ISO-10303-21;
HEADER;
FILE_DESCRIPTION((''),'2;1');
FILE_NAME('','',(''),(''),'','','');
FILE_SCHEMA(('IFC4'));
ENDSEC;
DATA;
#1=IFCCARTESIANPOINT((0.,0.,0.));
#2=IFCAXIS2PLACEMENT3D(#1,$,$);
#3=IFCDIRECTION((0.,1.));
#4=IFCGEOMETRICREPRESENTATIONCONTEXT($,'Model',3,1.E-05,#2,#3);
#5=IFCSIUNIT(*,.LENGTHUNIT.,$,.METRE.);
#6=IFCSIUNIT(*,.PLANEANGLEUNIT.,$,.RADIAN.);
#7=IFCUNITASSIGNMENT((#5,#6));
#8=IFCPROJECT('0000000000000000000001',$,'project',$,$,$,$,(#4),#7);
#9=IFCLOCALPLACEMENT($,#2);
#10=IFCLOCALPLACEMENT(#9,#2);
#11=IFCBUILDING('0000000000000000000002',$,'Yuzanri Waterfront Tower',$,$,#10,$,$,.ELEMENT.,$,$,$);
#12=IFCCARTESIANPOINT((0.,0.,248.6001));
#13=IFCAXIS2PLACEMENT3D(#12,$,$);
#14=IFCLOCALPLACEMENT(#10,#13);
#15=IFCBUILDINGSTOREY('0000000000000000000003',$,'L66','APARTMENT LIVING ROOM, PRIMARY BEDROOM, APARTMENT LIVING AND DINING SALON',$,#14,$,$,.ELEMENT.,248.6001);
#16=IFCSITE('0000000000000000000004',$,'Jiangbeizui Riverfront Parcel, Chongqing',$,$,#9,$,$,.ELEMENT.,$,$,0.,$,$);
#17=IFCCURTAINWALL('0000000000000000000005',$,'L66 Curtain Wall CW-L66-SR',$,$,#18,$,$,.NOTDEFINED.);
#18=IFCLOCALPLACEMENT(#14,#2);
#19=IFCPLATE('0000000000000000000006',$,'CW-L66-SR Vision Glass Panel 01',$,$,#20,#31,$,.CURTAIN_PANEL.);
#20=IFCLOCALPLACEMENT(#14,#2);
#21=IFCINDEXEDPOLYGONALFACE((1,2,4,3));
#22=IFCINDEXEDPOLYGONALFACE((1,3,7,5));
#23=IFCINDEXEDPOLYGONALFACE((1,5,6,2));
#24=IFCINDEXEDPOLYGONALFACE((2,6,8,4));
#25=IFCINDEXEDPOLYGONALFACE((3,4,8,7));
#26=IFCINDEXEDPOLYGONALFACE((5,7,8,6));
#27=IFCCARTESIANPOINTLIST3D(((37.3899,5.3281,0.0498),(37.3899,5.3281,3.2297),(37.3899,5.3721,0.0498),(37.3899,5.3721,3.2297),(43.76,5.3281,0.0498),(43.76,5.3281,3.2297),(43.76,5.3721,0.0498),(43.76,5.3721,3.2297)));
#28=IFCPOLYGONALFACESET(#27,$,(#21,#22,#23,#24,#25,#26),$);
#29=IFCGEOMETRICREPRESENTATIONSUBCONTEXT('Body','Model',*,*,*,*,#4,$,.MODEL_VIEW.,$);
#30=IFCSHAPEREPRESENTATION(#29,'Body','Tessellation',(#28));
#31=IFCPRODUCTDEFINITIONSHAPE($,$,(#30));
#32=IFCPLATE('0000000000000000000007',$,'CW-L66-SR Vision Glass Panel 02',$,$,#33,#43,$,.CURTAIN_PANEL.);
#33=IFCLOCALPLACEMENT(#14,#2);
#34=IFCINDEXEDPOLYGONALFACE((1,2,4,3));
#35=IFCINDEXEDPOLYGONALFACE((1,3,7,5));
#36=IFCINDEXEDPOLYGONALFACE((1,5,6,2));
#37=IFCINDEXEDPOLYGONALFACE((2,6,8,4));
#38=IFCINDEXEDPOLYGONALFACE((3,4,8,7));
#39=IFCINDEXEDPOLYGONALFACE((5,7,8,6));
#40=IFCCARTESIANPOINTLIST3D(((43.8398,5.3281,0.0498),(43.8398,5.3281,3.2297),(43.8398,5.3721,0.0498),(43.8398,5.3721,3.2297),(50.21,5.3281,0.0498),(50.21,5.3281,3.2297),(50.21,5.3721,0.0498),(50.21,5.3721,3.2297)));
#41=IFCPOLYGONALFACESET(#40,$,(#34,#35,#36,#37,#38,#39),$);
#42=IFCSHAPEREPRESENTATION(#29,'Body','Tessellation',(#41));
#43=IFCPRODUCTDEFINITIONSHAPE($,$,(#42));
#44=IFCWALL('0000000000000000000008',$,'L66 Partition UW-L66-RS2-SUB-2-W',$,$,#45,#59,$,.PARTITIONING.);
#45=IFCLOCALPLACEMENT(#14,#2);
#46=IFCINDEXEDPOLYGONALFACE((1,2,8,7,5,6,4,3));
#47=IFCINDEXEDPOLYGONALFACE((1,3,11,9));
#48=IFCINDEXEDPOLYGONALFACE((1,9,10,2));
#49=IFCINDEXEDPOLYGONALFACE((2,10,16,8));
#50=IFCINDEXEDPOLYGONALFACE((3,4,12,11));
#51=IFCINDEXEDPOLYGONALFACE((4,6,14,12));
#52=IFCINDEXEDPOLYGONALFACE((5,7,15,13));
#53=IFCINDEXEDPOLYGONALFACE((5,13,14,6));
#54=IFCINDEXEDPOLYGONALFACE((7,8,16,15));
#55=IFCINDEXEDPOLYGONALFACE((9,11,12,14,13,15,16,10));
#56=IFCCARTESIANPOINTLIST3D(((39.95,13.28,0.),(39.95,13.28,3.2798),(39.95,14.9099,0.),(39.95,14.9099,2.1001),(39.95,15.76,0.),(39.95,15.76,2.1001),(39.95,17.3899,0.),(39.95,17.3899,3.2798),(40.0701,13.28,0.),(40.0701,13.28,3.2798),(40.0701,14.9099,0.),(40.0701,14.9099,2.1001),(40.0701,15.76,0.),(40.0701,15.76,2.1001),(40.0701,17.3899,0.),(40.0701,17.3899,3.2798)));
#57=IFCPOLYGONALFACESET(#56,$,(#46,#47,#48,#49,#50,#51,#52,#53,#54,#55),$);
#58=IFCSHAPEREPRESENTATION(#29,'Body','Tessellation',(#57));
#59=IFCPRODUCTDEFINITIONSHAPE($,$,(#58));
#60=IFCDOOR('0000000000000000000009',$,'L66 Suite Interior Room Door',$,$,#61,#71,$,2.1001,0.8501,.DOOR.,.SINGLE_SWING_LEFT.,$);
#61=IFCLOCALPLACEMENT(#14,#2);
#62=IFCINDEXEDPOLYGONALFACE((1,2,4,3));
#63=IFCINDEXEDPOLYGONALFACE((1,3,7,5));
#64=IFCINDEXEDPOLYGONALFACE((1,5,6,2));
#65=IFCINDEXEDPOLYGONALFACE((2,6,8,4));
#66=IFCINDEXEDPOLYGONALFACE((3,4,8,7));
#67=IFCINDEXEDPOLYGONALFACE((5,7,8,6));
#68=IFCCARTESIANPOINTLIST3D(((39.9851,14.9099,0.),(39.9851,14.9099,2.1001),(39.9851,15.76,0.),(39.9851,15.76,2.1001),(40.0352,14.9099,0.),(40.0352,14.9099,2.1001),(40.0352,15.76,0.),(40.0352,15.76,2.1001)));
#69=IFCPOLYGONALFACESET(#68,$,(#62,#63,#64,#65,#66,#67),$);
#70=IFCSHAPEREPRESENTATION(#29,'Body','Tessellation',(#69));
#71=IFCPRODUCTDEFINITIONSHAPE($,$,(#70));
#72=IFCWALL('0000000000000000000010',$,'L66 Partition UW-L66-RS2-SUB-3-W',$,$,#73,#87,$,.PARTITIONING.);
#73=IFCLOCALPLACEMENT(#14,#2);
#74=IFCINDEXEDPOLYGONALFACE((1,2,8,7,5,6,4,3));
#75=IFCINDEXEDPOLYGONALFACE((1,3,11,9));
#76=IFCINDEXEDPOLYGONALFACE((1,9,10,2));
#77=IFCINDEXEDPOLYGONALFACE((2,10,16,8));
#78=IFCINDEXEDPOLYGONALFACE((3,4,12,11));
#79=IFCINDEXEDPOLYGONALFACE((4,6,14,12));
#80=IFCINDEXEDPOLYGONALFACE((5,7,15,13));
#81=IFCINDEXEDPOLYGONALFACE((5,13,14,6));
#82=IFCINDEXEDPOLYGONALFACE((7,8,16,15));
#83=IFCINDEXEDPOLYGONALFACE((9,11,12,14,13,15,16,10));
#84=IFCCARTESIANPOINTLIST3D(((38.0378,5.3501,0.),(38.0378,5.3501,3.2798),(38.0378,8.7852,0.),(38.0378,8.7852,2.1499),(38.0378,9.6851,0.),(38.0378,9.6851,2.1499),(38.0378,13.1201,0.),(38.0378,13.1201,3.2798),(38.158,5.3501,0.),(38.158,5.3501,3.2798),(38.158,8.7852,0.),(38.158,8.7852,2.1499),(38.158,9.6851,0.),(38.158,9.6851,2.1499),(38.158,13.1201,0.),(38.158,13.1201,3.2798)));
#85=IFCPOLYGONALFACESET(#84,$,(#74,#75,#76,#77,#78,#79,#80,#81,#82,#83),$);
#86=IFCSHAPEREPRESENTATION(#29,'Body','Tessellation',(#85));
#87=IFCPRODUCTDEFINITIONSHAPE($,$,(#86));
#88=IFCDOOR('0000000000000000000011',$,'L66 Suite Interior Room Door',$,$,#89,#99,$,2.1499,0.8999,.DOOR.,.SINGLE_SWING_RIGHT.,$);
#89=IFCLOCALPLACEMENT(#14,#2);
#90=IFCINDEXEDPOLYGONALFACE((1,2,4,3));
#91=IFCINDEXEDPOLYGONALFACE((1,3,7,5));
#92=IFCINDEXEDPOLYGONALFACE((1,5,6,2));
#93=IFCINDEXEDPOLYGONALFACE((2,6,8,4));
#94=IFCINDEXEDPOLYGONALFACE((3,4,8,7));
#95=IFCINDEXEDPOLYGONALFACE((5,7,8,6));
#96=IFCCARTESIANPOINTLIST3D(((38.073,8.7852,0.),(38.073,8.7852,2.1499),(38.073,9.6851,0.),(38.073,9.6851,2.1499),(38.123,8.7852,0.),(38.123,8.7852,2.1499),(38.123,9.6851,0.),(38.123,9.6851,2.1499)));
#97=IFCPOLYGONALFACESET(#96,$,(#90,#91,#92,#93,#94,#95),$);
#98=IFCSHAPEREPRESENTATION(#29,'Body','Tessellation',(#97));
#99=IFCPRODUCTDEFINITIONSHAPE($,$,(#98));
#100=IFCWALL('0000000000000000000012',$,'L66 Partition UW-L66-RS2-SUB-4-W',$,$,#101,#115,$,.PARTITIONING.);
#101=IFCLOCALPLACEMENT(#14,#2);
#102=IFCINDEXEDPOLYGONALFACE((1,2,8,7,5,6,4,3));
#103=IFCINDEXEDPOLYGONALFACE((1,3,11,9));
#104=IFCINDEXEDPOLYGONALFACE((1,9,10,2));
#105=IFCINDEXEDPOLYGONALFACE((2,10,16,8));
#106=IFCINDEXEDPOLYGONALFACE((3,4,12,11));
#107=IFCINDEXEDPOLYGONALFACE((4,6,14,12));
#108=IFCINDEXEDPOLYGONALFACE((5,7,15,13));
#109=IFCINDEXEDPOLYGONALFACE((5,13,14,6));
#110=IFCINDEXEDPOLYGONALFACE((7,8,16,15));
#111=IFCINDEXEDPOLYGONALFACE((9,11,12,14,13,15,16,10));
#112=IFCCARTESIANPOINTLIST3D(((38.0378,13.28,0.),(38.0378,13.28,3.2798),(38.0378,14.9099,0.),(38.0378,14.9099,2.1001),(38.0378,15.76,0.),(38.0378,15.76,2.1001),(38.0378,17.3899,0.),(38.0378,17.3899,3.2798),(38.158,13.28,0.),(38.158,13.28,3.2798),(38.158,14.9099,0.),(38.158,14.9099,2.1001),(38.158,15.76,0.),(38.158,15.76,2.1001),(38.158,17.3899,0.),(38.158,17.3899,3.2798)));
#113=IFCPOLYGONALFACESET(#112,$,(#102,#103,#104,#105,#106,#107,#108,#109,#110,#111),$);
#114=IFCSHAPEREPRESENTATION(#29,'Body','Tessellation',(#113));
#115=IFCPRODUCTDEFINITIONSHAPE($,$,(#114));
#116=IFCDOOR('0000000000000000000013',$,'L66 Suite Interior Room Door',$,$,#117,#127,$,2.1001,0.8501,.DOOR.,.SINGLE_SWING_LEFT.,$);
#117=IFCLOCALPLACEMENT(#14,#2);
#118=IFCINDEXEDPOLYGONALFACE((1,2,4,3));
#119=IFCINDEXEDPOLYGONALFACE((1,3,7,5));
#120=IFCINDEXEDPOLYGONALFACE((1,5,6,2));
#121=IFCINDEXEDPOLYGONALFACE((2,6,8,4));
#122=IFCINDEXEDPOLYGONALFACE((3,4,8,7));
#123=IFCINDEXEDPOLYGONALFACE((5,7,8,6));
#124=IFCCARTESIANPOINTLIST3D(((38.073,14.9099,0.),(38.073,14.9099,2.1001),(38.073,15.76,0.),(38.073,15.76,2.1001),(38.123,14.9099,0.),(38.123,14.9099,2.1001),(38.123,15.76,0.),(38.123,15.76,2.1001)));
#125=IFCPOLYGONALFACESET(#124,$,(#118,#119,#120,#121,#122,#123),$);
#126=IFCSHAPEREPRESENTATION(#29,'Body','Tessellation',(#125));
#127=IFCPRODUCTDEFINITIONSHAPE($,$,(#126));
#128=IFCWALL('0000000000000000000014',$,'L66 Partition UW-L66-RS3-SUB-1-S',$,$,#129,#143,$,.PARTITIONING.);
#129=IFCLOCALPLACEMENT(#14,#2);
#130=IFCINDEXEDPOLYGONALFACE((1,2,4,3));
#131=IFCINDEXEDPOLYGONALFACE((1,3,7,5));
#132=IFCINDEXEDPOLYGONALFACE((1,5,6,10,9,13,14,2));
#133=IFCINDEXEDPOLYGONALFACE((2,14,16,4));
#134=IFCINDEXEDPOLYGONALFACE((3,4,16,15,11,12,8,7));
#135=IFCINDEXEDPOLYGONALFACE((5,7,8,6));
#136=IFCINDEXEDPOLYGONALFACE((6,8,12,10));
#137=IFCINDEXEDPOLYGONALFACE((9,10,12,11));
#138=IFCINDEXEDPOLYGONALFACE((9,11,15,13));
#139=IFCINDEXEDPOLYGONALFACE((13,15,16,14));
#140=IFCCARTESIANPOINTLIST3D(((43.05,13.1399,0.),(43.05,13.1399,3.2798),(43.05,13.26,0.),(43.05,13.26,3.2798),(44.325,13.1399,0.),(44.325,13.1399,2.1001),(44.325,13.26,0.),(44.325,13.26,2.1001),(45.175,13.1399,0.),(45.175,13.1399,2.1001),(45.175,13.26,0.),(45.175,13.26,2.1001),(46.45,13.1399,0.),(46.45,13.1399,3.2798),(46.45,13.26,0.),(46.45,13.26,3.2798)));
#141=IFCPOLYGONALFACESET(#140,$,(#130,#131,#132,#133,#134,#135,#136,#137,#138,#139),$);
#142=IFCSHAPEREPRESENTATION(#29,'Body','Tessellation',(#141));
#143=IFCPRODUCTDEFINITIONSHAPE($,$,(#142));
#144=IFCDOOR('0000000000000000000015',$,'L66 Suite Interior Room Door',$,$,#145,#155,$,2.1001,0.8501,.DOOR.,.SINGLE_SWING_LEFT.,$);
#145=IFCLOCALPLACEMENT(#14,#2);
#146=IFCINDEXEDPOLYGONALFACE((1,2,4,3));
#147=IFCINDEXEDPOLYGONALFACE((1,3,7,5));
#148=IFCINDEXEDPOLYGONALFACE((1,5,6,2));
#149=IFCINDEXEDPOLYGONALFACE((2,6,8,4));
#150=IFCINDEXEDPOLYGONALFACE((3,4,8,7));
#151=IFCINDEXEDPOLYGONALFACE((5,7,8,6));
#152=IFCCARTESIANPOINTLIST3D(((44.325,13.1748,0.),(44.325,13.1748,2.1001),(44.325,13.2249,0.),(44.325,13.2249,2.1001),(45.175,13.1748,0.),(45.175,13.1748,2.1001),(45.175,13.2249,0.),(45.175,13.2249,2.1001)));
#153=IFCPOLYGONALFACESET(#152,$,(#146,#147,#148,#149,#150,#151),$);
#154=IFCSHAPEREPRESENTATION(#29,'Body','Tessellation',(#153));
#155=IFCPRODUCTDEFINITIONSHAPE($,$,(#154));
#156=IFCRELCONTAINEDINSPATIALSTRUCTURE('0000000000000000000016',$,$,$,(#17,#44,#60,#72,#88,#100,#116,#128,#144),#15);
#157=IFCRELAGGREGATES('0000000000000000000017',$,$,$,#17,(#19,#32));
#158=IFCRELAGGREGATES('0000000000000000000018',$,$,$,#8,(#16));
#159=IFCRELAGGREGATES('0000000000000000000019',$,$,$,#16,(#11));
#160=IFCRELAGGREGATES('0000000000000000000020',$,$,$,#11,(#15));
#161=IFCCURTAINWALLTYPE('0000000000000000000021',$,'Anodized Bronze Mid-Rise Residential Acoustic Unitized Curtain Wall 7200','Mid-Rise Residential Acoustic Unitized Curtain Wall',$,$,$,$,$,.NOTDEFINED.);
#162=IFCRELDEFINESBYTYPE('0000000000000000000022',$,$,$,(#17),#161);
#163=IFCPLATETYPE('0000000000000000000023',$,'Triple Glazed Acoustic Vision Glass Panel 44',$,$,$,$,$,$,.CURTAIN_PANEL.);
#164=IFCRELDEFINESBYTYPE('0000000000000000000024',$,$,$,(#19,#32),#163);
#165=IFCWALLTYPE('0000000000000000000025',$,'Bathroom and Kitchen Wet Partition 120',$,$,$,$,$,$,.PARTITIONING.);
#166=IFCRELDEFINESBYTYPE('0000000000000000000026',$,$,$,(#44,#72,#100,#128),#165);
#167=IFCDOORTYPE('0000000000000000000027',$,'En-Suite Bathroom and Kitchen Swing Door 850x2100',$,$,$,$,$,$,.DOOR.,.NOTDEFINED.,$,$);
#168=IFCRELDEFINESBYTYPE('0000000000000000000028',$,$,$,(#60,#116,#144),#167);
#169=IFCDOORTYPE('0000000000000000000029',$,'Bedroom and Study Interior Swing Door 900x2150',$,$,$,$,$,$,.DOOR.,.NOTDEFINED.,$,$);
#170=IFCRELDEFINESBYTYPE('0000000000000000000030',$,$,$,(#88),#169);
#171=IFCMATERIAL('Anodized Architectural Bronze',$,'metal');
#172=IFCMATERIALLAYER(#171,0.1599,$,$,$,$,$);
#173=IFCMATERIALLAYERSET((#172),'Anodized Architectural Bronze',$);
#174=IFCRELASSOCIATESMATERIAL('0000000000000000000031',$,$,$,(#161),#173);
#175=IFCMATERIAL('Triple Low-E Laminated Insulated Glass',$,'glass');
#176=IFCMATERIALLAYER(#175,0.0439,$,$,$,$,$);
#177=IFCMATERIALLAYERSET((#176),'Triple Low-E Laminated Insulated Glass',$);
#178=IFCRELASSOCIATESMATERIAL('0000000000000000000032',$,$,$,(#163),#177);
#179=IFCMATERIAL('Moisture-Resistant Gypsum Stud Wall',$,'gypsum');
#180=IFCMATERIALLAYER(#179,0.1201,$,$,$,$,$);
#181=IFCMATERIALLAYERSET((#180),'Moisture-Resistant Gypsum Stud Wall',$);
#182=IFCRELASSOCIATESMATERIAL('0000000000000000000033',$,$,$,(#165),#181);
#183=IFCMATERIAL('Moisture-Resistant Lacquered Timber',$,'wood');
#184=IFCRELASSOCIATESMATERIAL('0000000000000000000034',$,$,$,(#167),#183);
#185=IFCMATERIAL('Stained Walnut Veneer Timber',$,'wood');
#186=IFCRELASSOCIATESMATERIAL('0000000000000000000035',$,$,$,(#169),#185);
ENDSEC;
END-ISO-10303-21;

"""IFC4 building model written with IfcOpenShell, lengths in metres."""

from ifc_helpers import new_model, si_unit, direction, frame, frame_2d, origin, origin_2d, place, context, subcontext, project, spatial, rectangle, extrude, source, transform, mapped, material, layer, layer_set, type_object, element, fill, aggregate, save


model = new_model("IFC4")

# Units and contexts
model_context = context("Model", 3, precision=1e-05, world=origin(), true_north=direction((0.0, 1.0)))
body_context = subcontext(model_context, "Body", "Model", "MODEL_VIEW")
ifc_project = project(units=[si_unit("LENGTHUNIT", "METRE"), si_unit("PLANEANGLEUNIT", "RADIAN")], contexts=[model_context])

# Site, building, storey
site_placement = place(None, origin())
site = spatial("IfcSite", under=ifc_project, at=site_placement, Name="Jiangbeizui Riverfront Parcel, Chongqing", CompositionType="ELEMENT", RefElevation=0.0)
building_placement = place(site_placement, origin())
building = spatial("IfcBuilding", under=site, at=building_placement, Name="Yuzanri Waterfront Tower", CompositionType="ELEMENT")
storey_placement = place(building_placement, frame((0.0, 0.0, 248.6001)))
storey = spatial("IfcBuildingStorey", under=building, at=storey_placement, Name="L66", Description="APARTMENT LIVING ROOM, PRIMARY BEDROOM, APARTMENT LIVING AND DINING SALON", CompositionType="ELEMENT", Elevation=248.6001)

# Curtain wall, plates
ifc_material_1 = material(Name="Anodized Architectural Bronze", Category="metal")
ifc_layer_1 = layer(ifc_material_1, 0.1599)
ifc_layer_set_1 = layer_set([ifc_layer_1], Name="Anodized Architectural Bronze")
curtain_wall_type = type_object("IfcCurtainWallType", Name="Anodized Bronze Mid-Rise Residential Acoustic Unitized Curtain Wall 7200", Description="Mid-Rise Residential Acoustic Unitized Curtain Wall", PredefinedType="NOTDEFINED", material=ifc_layer_set_1)
curtain_wall_placement = place(storey_placement, origin())
curtain_wall = element("IfcCurtainWall", 1, at=curtain_wall_placement, inside=storey, type_object=curtain_wall_type, Name="L66 Curtain Wall CW-L66-SR", PredefinedType="NOTDEFINED")
ifc_material_2 = material(Name="Triple Low-E Laminated Insulated Glass", Category="glass")
ifc_layer_2 = layer(ifc_material_2, 0.0439)
ifc_layer_set_2 = layer_set([ifc_layer_2], Name="Triple Low-E Laminated Insulated Glass")
plate_type = type_object("IfcPlateType", Name="Triple Glazed Acoustic Vision Glass Panel 44", PredefinedType="CURTAIN_PANEL", material=ifc_layer_set_2)
shared_shape_1 = source(origin(), body_context, "Body", "SweptSolid", [
    extrude(rectangle(XDim=6.3701, YDim=0.0439, at=origin_2d()), origin(), (0.0, 0.0, 1.0), 3.1799),
])
plate_1_placement = place(storey_placement, frame((40.575, 5.3501, 0.0498), z_axis=(0.0, 0.0, 1.0), x_axis=(1.0, 0.0, 0.0)))
plate_1 = element("IfcPlate", 2, at=plate_1_placement, type_object=plate_type, Name="CW-L66-SR Vision Glass Panel 01", PredefinedType="CURTAIN_PANEL", context=body_context, shape_type="MappedRepresentation", body=[
    mapped(shared_shape_1, transform((0.0, 0.0, 0.0), scale=1.0)),
])
plate_2_placement = place(storey_placement, frame((47.0249, 5.3501, 0.0498), z_axis=(0.0, 0.0, 1.0), x_axis=(1.0, 0.0, 0.0)))
plate_2 = element("IfcPlate", 3, at=plate_2_placement, type_object=plate_type, Name="CW-L66-SR Vision Glass Panel 02", PredefinedType="CURTAIN_PANEL", context=body_context, shape_type="MappedRepresentation", body=[
    mapped(shared_shape_1, transform((0.0, 0.0, 0.0), scale=1.0)),
])
aggregate(curtain_wall, [plate_1, plate_2])

# Walls, openings, doors
ifc_material_3 = material(Name="Moisture-Resistant Gypsum Stud Wall", Category="gypsum")
ifc_layer_3 = layer(ifc_material_3, 0.1201)
ifc_layer_set_3 = layer_set([ifc_layer_3], Name="Moisture-Resistant Gypsum Stud Wall")
wall_type_1 = type_object("IfcWallType", Name="Bathroom and Kitchen Wet Partition 120", PredefinedType="PARTITIONING", material=ifc_layer_set_3)
wall_1_placement = place(storey_placement, frame((40.01, 13.28, 0.0), z_axis=(0.0, 0.0, 1.0), x_axis=(0.0, 1.0, 0.0)))
wall_1 = element("IfcWall", 4, at=wall_1_placement, inside=storey, type_object=wall_type_1, Name="L66 Partition UW-L66-RS2-SUB-2-W", PredefinedType="PARTITIONING", context=body_context, shape_type="SweptSolid", body=[
    extrude(rectangle(XDim=4.1099, YDim=0.1201, at=frame_2d((2.0549, 0.0))), origin(), (0.0, 0.0, 1.0), 3.2798),
])
opening_1_placement = place(wall_1_placement, frame((1.6299, 0.0, 0.0)))
opening_1 = element("IfcOpeningElement", 5, at=opening_1_placement, cuts=wall_1, PredefinedType="OPENING", context=body_context, shape_type="SweptSolid", body=[
    extrude(rectangle(XDim=0.8501, YDim=2.1001, at=frame_2d((0.425, 1.05))), frame((0.0, 0.075, 0.0), z_axis=(0.0, -1.0, 0.0), x_axis=(1.0, 0.0, 0.0)), (0.0, 0.0, 1.0), 0.1499),
])
ifc_material_4 = material(Name="Moisture-Resistant Lacquered Timber", Category="wood")
door_type_1 = type_object("IfcDoorType", Name="En-Suite Bathroom and Kitchen Swing Door 850x2100", OperationType="NOTDEFINED", PredefinedType="DOOR", material=ifc_material_4)
shared_shape_2 = source(origin(), body_context, "Body", "SweptSolid", [
    extrude(rectangle(XDim=0.8501, YDim=2.1001, at=frame_2d((0.425, 1.05))), frame((0.0, 0.0249, 0.0), z_axis=(0.0, -1.0, 0.0), x_axis=(1.0, 0.0, 0.0)), (0.0, 0.0, 1.0), 0.05),
])
door_1_placement = place(opening_1_placement, origin())
door_1 = element("IfcDoor", 6, at=door_1_placement, inside=storey, type_object=door_type_1, Name="L66 Suite Interior Room Door", OperationType="SINGLE_SWING_LEFT", OverallHeight=2.1001, OverallWidth=0.8501, PredefinedType="DOOR", context=body_context, shape_type="MappedRepresentation", body=[
    mapped(shared_shape_2, transform((0.0, 0.0, 0.0), scale=1.0)),
])
fill(opening_1, door_1)
wall_2_placement = place(storey_placement, frame((38.0979, 5.3501, 0.0), z_axis=(0.0, 0.0, 1.0), x_axis=(0.0, 1.0, 0.0)))
wall_2 = element("IfcWall", 7, at=wall_2_placement, inside=storey, type_object=wall_type_1, Name="L66 Partition UW-L66-RS2-SUB-3-W", PredefinedType="PARTITIONING", context=body_context, shape_type="SweptSolid", body=[
    extrude(rectangle(XDim=7.77, YDim=0.1201, at=frame_2d((3.885, 0.0))), origin(), (0.0, 0.0, 1.0), 3.2798),
])
opening_2_placement = place(wall_2_placement, frame((3.4351, 0.0, 0.0)))
opening_2 = element("IfcOpeningElement", 8, at=opening_2_placement, cuts=wall_2, PredefinedType="OPENING", context=body_context, shape_type="SweptSolid", body=[
    extrude(rectangle(XDim=0.8999, YDim=2.1499, at=frame_2d((0.45, 1.075))), frame((0.0, 0.075, 0.0), z_axis=(0.0, -1.0, 0.0), x_axis=(1.0, 0.0, 0.0)), (0.0, 0.0, 1.0), 0.1499),
])
ifc_material_5 = material(Name="Stained Walnut Veneer Timber", Category="wood")
door_type_2 = type_object("IfcDoorType", Name="Bedroom and Study Interior Swing Door 900x2150", OperationType="NOTDEFINED", PredefinedType="DOOR", material=ifc_material_5)
shared_shape_3 = source(origin(), body_context, "Body", "SweptSolid", [
    extrude(rectangle(XDim=0.8999, YDim=2.1499, at=frame_2d((0.45, 1.075))), frame((0.0, 0.0249, 0.0), z_axis=(0.0, -1.0, 0.0), x_axis=(1.0, 0.0, 0.0)), (0.0, 0.0, 1.0), 0.05),
])
door_2_placement = place(opening_2_placement, origin())
door_2 = element("IfcDoor", 9, at=door_2_placement, inside=storey, type_object=door_type_2, Name="L66 Suite Interior Room Door", OperationType="SINGLE_SWING_RIGHT", OverallHeight=2.1499, OverallWidth=0.8999, PredefinedType="DOOR", context=body_context, shape_type="MappedRepresentation", body=[
    mapped(shared_shape_3, transform((0.0, 0.0, 0.0), scale=1.0)),
])
fill(opening_2, door_2)
wall_3_placement = place(storey_placement, frame((38.0979, 13.28, 0.0), z_axis=(0.0, 0.0, 1.0), x_axis=(0.0, 1.0, 0.0)))
wall_3 = element("IfcWall", 10, at=wall_3_placement, inside=storey, type_object=wall_type_1, Name="L66 Partition UW-L66-RS2-SUB-4-W", PredefinedType="PARTITIONING", context=body_context, shape_type="SweptSolid", body=[
    extrude(rectangle(XDim=4.1099, YDim=0.1201, at=frame_2d((2.0549, 0.0))), origin(), (0.0, 0.0, 1.0), 3.2798),
])
opening_3_placement = place(wall_3_placement, frame((1.6299, 0.0, 0.0)))
opening_3 = element("IfcOpeningElement", 11, at=opening_3_placement, cuts=wall_3, PredefinedType="OPENING", context=body_context, shape_type="SweptSolid", body=[
    extrude(rectangle(XDim=0.8501, YDim=2.1001, at=frame_2d((0.425, 1.05))), frame((0.0, 0.075, 0.0), z_axis=(0.0, -1.0, 0.0), x_axis=(1.0, 0.0, 0.0)), (0.0, 0.0, 1.0), 0.1499),
])
door_3_placement = place(opening_3_placement, origin())
door_3 = element("IfcDoor", 12, at=door_3_placement, inside=storey, type_object=door_type_1, Name="L66 Suite Interior Room Door", OperationType="SINGLE_SWING_LEFT", OverallHeight=2.1001, OverallWidth=0.8501, PredefinedType="DOOR", context=body_context, shape_type="MappedRepresentation", body=[
    mapped(shared_shape_2, transform((0.0, 0.0, 0.0), scale=1.0)),
])
fill(opening_3, door_3)
wall_4_placement = place(storey_placement, frame((43.05, 13.2, 0.0), z_axis=(0.0, 0.0, 1.0), x_axis=(1.0, 0.0, 0.0)))
wall_4 = element("IfcWall", 13, at=wall_4_placement, inside=storey, type_object=wall_type_1, Name="L66 Partition UW-L66-RS3-SUB-1-S", PredefinedType="PARTITIONING", context=body_context, shape_type="SweptSolid", body=[
    extrude(rectangle(XDim=3.3999, YDim=0.1201, at=frame_2d((1.7, 0.0))), origin(), (0.0, 0.0, 1.0), 3.2798),
])
opening_4_placement = place(wall_4_placement, frame((1.2749, 0.0, 0.0)))
opening_4 = element("IfcOpeningElement", 14, at=opening_4_placement, cuts=wall_4, PredefinedType="OPENING", context=body_context, shape_type="SweptSolid", body=[
    extrude(rectangle(XDim=0.8501, YDim=2.1001, at=frame_2d((0.425, 1.05))), frame((0.0, 0.075, 0.0), z_axis=(0.0, -1.0, 0.0), x_axis=(1.0, 0.0, 0.0)), (0.0, 0.0, 1.0), 0.1499),
])
door_4_placement = place(opening_4_placement, origin())
door_4 = element("IfcDoor", 15, at=door_4_placement, inside=storey, type_object=door_type_1, Name="L66 Suite Interior Room Door", OperationType="SINGLE_SWING_LEFT", OverallHeight=2.1001, OverallWidth=0.8501, PredefinedType="DOOR", context=body_context, shape_type="MappedRepresentation", body=[
    mapped(shared_shape_2, transform((0.0, 0.0, 0.0), scale=1.0)),
])
fill(opening_4, door_4)

save(model, "model.ifc")
